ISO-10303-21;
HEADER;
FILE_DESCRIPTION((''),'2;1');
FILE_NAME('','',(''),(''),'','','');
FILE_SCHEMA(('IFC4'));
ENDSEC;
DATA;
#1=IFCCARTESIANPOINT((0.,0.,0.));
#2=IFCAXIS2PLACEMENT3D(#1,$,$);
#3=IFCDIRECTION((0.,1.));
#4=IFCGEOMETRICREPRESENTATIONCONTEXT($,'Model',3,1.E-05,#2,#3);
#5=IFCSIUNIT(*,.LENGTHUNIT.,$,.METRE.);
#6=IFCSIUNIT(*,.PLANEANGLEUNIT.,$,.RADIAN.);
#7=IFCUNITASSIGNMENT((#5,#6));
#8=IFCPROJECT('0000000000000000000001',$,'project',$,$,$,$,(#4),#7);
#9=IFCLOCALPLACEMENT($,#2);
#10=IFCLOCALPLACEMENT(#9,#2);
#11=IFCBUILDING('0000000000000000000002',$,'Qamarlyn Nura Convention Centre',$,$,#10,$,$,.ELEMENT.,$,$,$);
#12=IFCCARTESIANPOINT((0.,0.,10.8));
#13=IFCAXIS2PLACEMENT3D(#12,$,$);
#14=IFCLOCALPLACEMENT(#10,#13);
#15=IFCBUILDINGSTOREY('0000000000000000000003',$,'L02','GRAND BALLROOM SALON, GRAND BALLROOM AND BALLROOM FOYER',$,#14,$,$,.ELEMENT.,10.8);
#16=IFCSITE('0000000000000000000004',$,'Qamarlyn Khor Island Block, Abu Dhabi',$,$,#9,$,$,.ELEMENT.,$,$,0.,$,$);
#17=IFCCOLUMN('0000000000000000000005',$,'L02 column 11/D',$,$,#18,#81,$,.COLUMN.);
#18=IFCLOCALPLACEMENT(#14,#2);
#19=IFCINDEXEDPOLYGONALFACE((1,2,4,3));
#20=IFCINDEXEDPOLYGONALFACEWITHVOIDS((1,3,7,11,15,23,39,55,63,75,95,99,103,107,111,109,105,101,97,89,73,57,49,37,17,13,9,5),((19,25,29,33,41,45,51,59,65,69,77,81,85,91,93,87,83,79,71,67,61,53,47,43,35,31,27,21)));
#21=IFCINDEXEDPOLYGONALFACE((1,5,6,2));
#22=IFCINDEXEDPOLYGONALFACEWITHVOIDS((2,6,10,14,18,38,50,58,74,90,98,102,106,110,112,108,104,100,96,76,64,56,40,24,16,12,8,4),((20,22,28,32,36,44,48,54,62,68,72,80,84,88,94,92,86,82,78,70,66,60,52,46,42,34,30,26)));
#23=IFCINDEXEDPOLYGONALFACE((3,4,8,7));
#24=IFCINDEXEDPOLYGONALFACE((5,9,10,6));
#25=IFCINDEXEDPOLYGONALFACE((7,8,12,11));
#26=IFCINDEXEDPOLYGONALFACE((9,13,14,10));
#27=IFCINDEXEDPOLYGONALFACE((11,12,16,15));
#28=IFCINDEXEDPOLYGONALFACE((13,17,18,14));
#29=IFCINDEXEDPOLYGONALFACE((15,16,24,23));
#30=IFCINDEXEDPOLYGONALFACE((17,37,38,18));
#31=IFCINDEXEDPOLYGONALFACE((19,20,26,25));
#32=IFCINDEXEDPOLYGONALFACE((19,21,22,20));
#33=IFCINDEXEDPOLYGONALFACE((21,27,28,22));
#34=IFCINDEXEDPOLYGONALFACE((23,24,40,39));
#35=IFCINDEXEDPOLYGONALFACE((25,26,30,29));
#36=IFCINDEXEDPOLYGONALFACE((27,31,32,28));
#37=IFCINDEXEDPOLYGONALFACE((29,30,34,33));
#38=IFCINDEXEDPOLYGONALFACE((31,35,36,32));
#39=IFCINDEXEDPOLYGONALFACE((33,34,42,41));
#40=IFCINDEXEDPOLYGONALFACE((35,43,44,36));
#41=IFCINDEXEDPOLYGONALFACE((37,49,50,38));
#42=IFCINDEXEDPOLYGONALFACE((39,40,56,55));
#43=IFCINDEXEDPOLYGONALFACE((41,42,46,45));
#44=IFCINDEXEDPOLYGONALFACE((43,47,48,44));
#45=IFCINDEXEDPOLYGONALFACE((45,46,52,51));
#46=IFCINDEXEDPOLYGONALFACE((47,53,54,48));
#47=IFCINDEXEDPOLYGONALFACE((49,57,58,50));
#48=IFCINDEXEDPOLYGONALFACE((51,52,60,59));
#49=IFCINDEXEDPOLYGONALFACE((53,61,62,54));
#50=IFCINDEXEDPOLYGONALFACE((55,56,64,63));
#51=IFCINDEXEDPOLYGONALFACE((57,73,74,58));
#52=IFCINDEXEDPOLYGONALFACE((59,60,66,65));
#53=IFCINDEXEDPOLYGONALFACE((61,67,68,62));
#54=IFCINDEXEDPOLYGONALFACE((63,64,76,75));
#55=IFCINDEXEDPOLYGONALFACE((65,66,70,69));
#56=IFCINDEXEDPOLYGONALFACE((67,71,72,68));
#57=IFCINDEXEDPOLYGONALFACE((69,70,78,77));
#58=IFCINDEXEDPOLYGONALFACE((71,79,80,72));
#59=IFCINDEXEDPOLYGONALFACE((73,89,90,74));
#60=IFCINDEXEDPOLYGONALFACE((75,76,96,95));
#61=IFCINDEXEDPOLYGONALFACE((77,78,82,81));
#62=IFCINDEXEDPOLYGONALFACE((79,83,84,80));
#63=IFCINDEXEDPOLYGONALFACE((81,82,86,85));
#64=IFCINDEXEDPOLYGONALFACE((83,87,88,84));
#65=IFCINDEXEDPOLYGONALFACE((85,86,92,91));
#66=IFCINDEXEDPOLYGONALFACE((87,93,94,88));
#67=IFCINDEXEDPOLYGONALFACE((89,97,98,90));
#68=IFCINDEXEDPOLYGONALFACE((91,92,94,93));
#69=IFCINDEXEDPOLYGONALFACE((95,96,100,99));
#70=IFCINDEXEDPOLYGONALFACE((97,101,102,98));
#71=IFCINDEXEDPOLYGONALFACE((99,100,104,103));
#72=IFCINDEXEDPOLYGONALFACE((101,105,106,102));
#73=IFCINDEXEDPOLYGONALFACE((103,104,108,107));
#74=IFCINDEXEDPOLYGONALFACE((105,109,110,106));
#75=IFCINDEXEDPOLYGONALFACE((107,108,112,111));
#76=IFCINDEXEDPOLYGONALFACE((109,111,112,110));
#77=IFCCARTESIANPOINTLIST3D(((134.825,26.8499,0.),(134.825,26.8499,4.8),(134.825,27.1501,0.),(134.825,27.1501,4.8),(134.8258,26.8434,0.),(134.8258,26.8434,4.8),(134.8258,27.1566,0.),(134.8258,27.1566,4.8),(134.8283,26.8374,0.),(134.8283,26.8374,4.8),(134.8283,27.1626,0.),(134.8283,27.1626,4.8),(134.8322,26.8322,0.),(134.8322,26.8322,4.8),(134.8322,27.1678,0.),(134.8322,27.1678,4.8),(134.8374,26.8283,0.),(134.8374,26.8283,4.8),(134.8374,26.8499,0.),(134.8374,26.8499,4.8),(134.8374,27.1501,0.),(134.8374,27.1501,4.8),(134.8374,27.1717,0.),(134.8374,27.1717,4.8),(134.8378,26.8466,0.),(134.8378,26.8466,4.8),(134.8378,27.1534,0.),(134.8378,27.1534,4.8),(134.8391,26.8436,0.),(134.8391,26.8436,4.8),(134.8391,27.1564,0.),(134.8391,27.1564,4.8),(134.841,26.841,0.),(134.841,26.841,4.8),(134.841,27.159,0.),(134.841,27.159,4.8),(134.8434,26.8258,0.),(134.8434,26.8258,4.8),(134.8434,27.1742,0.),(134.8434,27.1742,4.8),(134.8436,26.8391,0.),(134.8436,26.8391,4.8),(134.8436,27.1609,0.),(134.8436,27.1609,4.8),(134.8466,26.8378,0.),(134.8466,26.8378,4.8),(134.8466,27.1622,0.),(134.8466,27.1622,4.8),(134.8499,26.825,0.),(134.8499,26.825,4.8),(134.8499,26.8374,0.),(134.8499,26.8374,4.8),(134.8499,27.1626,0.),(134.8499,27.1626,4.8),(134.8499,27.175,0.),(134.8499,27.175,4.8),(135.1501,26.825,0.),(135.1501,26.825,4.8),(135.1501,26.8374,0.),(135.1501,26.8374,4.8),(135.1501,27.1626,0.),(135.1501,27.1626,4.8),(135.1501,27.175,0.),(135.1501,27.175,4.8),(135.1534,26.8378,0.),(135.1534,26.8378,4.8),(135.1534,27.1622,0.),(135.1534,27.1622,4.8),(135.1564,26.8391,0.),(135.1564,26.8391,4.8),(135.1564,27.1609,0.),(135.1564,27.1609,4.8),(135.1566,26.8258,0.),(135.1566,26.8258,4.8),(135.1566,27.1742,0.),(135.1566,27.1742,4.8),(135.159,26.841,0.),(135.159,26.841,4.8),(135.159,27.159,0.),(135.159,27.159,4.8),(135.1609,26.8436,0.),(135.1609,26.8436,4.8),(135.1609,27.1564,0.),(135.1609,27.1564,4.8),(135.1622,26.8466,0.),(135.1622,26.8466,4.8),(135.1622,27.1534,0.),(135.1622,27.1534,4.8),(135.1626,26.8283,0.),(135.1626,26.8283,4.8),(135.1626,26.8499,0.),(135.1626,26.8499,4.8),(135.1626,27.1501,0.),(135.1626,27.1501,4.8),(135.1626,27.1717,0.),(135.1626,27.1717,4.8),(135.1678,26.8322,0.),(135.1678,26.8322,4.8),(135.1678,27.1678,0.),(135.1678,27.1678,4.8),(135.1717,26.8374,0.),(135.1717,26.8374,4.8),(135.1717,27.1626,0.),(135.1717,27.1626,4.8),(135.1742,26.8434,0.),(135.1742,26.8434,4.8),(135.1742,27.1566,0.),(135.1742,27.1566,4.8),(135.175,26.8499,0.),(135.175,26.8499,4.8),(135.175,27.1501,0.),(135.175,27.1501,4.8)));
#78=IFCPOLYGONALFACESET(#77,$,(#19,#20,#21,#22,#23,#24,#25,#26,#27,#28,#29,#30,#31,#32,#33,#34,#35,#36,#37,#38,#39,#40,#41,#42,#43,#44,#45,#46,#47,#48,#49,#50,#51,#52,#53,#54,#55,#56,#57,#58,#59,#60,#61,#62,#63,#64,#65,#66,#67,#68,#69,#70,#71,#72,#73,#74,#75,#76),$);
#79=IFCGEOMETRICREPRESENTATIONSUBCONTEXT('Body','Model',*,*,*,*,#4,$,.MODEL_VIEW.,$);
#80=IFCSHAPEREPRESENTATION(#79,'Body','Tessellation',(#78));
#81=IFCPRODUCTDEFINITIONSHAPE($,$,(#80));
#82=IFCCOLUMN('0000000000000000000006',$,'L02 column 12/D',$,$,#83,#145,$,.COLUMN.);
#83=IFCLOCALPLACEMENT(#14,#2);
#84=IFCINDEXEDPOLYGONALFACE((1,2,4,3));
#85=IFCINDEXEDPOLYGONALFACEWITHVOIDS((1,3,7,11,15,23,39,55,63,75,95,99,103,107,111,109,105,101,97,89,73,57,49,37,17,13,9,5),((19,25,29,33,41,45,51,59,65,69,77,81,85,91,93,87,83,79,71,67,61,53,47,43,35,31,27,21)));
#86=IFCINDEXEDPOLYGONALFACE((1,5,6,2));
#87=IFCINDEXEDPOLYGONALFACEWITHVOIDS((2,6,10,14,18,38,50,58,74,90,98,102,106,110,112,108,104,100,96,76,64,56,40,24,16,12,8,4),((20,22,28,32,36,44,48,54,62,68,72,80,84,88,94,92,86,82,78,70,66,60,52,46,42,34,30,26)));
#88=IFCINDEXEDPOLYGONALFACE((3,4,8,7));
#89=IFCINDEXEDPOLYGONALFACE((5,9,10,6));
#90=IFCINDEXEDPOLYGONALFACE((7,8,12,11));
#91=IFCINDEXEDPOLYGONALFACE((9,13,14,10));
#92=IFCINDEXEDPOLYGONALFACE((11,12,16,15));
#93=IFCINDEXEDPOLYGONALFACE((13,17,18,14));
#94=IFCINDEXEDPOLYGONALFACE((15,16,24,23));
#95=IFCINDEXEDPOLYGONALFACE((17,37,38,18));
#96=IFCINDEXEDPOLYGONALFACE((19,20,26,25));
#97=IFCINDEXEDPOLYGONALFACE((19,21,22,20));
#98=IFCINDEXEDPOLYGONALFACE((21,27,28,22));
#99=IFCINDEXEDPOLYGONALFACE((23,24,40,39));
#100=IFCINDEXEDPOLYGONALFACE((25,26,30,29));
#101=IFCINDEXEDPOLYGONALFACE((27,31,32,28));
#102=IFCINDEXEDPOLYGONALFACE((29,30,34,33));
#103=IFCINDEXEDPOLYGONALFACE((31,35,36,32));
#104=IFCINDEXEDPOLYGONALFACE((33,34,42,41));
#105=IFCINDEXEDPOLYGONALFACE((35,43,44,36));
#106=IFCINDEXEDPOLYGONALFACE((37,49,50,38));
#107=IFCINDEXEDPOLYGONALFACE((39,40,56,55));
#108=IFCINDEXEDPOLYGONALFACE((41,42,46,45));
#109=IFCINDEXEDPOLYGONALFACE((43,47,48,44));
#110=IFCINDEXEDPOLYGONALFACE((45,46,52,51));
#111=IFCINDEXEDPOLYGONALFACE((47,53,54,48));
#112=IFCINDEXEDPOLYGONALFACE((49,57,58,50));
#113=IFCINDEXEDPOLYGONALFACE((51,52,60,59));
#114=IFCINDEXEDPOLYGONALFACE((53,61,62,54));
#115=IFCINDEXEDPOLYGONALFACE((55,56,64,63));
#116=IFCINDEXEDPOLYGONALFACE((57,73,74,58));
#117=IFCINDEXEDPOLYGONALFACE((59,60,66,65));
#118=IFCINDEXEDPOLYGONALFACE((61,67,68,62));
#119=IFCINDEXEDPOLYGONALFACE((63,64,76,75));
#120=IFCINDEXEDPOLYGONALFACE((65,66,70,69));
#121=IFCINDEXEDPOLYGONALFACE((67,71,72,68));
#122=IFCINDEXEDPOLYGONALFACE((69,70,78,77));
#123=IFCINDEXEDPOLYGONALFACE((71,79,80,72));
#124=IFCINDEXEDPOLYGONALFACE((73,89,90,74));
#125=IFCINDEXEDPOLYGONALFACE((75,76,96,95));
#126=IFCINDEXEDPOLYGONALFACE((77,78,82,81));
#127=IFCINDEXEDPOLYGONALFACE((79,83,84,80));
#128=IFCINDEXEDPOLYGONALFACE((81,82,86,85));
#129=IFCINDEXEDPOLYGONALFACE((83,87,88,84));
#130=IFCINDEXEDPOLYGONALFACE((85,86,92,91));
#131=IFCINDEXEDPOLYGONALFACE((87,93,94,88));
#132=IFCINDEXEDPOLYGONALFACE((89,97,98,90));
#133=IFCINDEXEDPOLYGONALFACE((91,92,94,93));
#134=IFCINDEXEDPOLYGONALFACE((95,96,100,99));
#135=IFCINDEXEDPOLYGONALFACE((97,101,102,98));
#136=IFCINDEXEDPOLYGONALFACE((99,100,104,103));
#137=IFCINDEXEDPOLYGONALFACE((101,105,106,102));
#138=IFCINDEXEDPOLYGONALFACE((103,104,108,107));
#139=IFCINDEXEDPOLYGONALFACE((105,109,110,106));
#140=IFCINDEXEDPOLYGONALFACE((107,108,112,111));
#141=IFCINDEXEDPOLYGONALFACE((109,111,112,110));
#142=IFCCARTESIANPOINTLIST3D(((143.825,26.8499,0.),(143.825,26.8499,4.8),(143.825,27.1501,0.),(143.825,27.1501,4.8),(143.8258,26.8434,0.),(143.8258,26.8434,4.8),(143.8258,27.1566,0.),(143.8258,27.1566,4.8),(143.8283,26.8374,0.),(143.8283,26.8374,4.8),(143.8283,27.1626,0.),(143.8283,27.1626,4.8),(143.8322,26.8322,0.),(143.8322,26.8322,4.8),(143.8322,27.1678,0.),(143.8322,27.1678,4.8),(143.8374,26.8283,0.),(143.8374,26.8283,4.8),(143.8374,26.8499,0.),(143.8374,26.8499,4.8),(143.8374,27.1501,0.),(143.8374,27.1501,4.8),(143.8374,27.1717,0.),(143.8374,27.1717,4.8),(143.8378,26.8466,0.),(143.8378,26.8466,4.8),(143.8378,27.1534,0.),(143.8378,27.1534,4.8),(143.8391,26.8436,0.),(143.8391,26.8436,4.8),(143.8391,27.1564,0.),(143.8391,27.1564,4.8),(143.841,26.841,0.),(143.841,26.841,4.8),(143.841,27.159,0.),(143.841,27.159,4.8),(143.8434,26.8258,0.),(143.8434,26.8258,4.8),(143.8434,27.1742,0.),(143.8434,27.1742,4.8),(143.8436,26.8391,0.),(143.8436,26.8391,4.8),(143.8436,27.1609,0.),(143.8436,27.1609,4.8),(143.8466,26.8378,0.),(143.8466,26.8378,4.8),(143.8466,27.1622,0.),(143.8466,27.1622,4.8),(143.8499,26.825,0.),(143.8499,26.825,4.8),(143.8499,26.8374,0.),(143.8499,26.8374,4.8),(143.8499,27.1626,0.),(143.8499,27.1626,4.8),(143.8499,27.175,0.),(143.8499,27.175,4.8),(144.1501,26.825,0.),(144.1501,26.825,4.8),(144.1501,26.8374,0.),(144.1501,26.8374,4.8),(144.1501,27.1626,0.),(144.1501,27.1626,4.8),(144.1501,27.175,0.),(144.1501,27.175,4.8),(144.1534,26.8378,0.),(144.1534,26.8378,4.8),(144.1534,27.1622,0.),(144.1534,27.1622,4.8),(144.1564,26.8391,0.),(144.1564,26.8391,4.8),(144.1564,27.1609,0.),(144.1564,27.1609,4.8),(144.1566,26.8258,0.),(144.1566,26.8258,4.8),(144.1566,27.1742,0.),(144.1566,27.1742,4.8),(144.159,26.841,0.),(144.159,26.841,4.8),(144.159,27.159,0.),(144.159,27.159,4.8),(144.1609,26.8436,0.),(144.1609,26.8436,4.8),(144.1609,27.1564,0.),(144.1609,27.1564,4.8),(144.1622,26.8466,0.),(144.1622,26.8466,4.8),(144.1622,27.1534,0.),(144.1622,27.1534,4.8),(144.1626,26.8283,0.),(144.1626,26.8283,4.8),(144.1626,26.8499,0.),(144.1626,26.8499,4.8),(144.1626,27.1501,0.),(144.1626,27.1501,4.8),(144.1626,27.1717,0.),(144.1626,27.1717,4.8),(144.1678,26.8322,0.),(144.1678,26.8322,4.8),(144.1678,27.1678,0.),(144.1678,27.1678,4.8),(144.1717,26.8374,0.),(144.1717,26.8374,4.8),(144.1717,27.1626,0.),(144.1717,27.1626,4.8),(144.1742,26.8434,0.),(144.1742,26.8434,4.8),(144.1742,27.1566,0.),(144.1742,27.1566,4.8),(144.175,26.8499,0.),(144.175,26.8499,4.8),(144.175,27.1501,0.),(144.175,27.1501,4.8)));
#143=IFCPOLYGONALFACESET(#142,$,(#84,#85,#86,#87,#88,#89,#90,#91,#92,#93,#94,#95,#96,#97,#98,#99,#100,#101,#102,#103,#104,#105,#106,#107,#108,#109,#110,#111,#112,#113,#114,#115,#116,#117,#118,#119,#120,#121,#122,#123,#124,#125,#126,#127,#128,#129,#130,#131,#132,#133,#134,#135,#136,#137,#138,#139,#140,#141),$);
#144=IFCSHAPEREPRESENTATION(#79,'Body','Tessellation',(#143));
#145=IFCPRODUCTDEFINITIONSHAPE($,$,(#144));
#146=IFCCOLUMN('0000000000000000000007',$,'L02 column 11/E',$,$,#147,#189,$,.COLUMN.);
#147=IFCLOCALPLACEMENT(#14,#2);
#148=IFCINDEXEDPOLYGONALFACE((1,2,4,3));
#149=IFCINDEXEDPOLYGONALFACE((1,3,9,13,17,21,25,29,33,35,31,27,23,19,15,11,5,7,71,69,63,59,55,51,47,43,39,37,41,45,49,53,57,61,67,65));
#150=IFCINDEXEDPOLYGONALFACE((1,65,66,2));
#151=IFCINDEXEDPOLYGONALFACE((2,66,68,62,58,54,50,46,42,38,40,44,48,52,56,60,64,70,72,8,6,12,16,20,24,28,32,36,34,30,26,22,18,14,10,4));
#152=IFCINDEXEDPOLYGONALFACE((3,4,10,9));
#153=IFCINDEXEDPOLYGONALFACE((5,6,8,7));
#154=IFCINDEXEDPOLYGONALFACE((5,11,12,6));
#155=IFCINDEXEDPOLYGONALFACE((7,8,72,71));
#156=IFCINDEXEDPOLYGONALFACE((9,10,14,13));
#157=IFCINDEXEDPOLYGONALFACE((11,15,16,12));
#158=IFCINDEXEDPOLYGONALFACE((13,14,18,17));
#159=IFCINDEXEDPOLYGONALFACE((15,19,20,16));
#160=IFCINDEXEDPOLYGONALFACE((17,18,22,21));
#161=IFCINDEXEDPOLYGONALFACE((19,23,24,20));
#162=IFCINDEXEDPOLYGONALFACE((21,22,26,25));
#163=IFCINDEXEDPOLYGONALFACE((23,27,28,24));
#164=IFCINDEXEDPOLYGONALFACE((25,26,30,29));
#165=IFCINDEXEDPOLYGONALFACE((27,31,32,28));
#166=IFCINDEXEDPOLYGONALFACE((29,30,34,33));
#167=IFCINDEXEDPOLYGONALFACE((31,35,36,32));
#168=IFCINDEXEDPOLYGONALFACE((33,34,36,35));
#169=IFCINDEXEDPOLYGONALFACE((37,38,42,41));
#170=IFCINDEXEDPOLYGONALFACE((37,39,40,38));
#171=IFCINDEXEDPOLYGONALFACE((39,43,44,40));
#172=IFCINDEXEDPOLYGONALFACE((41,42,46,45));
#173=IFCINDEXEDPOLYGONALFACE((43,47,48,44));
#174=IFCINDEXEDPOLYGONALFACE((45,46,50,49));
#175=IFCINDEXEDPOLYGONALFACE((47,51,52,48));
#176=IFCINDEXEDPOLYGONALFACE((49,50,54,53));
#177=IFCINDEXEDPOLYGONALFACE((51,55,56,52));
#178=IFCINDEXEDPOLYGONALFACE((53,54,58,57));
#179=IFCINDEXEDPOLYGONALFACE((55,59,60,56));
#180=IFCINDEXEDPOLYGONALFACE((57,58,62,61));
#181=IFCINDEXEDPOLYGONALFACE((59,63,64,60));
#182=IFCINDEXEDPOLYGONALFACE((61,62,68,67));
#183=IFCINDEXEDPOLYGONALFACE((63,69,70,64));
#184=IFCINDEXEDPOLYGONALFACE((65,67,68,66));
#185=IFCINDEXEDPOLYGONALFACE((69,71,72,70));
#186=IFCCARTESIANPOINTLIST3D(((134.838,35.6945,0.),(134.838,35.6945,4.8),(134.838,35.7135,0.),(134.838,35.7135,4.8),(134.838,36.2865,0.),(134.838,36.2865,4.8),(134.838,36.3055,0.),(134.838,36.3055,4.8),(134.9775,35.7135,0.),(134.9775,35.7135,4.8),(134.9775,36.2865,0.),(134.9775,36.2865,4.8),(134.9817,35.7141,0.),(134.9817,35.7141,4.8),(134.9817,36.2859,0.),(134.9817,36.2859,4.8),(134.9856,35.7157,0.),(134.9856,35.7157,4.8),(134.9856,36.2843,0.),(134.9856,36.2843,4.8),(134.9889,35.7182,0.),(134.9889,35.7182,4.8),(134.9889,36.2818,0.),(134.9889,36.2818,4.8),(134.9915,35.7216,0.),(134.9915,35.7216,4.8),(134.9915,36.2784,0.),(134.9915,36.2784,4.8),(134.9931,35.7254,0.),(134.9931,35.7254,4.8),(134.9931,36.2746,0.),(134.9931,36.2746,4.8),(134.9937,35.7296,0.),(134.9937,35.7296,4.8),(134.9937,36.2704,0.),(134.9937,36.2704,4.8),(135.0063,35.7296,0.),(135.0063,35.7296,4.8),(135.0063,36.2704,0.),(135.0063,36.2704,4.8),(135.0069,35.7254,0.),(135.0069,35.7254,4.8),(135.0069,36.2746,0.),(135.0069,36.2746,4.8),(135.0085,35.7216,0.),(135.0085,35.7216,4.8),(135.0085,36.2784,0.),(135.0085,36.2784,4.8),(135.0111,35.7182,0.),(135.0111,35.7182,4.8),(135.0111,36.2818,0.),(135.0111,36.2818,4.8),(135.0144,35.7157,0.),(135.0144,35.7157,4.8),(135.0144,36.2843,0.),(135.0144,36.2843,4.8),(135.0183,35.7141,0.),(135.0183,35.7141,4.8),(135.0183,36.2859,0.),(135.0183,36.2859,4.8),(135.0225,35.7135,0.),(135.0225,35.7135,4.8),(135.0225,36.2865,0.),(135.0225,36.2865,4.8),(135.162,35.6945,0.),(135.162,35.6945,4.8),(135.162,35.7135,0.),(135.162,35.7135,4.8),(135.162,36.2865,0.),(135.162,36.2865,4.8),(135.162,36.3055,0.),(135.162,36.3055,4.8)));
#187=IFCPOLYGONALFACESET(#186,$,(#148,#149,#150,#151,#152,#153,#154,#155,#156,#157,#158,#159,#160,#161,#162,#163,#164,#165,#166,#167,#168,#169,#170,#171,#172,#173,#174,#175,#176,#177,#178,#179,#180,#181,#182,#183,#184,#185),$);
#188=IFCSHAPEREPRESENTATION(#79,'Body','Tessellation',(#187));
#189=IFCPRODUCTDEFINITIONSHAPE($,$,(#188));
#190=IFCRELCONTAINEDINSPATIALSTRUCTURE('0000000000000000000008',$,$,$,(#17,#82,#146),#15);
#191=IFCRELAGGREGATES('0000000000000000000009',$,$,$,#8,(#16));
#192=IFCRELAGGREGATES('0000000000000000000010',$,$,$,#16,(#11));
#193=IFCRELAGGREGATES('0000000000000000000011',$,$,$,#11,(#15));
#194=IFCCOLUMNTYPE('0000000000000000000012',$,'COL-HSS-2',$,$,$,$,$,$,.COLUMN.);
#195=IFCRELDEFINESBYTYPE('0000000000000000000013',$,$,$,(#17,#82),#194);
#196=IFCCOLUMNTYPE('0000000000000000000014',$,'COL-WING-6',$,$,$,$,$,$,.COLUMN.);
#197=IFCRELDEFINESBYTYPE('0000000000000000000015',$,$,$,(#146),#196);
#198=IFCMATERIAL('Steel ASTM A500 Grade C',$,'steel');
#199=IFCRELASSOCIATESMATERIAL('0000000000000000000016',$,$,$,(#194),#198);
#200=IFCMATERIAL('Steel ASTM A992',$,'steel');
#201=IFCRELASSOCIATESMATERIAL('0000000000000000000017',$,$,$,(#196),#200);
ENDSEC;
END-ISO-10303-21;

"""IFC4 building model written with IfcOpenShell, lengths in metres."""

from ifc_helpers import new_model, si_unit, direction, frame, origin, origin_2d, place, context, subcontext, project, spatial, hollow_rectangle, i_section, extrude, material, material_profile, profile_set, type_object, element, save


model = new_model("IFC4")

# Units and contexts
model_context = context("Model", 3, precision=1e-05, world=origin(), true_north=direction((0.0, 1.0)))
body_context = subcontext(model_context, "Body", "Model", "MODEL_VIEW")
ifc_project = project(units=[si_unit("LENGTHUNIT", "METRE"), si_unit("PLANEANGLEUNIT", "RADIAN")], contexts=[model_context])

# Site, building, storey
site_placement = place(None, origin())
site = spatial("IfcSite", under=ifc_project, at=site_placement, Name="Qamarlyn Khor Island Block, Abu Dhabi", CompositionType="ELEMENT", RefElevation=0.0)
building_placement = place(site_placement, origin())
building = spatial("IfcBuilding", under=site, at=building_placement, Name="Qamarlyn Nura Convention Centre", CompositionType="ELEMENT")
storey_placement = place(building_placement, frame((0.0, 0.0, 10.8)))
storey = spatial("IfcBuildingStorey", under=building, at=storey_placement, Name="L02", Description="GRAND BALLROOM SALON, GRAND BALLROOM AND BALLROOM FOYER", CompositionType="ELEMENT", Elevation=10.8)

# Columns
ifc_material_1 = material(Name="Steel ASTM A500 Grade C", Category="steel")
ifc_material_profile_1 = material_profile(ifc_material_1, hollow_rectangle(XDim=0.3501, YDim=0.3501, WallThickness=0.0125, InnerFilletRadius=0.0125, OuterFilletRadius=0.0249, at=origin_2d()), Name="HSS350X350X12.5")
ifc_profile_set_1 = profile_set([ifc_material_profile_1], Name="Steel ASTM A500 Grade C")
column_type_1 = type_object("IfcColumnType", Name="COL-HSS-2", PredefinedType="COLUMN", material=ifc_profile_set_1)
for number, where, z_axis, x_axis, name in (
    (1, (135.0, 27.0, 0.0), (0.0, 0.0, 1.0), (1.0, 0.0, 0.0), "L02 column 11/D"),
    (2, (144.0, 27.0, 0.0), (0.0, 0.0, 1.0), (1.0, 0.0, 0.0), "L02 column 12/D"),
):
    element("IfcColumn", number, at=place(storey_placement, frame(where, z_axis=z_axis, x_axis=x_axis)), inside=storey, type_object=column_type_1, Name=name, PredefinedType="COLUMN", context=body_context, shape_type="SweptSolid", body=[
        extrude(hollow_rectangle(XDim=0.3501, YDim=0.3501, WallThickness=0.0125, InnerFilletRadius=0.0125, OuterFilletRadius=0.0249, at=origin_2d()), origin(), (0.0, 0.0, 1.0), 4.8),
    ])
ifc_material_2 = material(Name="Steel ASTM A992", Category="steel")
ifc_material_profile_2 = material_profile(ifc_material_2, i_section(OverallWidth=0.324, OverallDepth=0.6111, WebThickness=0.0127, FlangeThickness=0.019, FilletRadius=0.0161, at=origin_2d()), Name="W610X155")
ifc_profile_set_2 = profile_set([ifc_material_profile_2], Name="Steel ASTM A992")
column_type_2 = type_object("IfcColumnType", Name="COL-WING-6", PredefinedType="COLUMN", material=ifc_profile_set_2)
for number, where, z_axis, x_axis, name in (
    (3, (135.0, 36.0, 0.0), (0.0, 0.0, 1.0), (1.0, 0.0, 0.0), "L02 column 11/E"),
):
    element("IfcColumn", number, at=place(storey_placement, frame(where, z_axis=z_axis, x_axis=x_axis)), inside=storey, type_object=column_type_2, Name=name, PredefinedType="COLUMN", context=body_context, shape_type="SweptSolid", body=[
        extrude(i_section(OverallWidth=0.324, OverallDepth=0.6111, WebThickness=0.0127, FlangeThickness=0.019, FilletRadius=0.0161, at=origin_2d()), origin(), (0.0, 0.0, 1.0), 4.8),
    ])

save(model, "model.ifc")
